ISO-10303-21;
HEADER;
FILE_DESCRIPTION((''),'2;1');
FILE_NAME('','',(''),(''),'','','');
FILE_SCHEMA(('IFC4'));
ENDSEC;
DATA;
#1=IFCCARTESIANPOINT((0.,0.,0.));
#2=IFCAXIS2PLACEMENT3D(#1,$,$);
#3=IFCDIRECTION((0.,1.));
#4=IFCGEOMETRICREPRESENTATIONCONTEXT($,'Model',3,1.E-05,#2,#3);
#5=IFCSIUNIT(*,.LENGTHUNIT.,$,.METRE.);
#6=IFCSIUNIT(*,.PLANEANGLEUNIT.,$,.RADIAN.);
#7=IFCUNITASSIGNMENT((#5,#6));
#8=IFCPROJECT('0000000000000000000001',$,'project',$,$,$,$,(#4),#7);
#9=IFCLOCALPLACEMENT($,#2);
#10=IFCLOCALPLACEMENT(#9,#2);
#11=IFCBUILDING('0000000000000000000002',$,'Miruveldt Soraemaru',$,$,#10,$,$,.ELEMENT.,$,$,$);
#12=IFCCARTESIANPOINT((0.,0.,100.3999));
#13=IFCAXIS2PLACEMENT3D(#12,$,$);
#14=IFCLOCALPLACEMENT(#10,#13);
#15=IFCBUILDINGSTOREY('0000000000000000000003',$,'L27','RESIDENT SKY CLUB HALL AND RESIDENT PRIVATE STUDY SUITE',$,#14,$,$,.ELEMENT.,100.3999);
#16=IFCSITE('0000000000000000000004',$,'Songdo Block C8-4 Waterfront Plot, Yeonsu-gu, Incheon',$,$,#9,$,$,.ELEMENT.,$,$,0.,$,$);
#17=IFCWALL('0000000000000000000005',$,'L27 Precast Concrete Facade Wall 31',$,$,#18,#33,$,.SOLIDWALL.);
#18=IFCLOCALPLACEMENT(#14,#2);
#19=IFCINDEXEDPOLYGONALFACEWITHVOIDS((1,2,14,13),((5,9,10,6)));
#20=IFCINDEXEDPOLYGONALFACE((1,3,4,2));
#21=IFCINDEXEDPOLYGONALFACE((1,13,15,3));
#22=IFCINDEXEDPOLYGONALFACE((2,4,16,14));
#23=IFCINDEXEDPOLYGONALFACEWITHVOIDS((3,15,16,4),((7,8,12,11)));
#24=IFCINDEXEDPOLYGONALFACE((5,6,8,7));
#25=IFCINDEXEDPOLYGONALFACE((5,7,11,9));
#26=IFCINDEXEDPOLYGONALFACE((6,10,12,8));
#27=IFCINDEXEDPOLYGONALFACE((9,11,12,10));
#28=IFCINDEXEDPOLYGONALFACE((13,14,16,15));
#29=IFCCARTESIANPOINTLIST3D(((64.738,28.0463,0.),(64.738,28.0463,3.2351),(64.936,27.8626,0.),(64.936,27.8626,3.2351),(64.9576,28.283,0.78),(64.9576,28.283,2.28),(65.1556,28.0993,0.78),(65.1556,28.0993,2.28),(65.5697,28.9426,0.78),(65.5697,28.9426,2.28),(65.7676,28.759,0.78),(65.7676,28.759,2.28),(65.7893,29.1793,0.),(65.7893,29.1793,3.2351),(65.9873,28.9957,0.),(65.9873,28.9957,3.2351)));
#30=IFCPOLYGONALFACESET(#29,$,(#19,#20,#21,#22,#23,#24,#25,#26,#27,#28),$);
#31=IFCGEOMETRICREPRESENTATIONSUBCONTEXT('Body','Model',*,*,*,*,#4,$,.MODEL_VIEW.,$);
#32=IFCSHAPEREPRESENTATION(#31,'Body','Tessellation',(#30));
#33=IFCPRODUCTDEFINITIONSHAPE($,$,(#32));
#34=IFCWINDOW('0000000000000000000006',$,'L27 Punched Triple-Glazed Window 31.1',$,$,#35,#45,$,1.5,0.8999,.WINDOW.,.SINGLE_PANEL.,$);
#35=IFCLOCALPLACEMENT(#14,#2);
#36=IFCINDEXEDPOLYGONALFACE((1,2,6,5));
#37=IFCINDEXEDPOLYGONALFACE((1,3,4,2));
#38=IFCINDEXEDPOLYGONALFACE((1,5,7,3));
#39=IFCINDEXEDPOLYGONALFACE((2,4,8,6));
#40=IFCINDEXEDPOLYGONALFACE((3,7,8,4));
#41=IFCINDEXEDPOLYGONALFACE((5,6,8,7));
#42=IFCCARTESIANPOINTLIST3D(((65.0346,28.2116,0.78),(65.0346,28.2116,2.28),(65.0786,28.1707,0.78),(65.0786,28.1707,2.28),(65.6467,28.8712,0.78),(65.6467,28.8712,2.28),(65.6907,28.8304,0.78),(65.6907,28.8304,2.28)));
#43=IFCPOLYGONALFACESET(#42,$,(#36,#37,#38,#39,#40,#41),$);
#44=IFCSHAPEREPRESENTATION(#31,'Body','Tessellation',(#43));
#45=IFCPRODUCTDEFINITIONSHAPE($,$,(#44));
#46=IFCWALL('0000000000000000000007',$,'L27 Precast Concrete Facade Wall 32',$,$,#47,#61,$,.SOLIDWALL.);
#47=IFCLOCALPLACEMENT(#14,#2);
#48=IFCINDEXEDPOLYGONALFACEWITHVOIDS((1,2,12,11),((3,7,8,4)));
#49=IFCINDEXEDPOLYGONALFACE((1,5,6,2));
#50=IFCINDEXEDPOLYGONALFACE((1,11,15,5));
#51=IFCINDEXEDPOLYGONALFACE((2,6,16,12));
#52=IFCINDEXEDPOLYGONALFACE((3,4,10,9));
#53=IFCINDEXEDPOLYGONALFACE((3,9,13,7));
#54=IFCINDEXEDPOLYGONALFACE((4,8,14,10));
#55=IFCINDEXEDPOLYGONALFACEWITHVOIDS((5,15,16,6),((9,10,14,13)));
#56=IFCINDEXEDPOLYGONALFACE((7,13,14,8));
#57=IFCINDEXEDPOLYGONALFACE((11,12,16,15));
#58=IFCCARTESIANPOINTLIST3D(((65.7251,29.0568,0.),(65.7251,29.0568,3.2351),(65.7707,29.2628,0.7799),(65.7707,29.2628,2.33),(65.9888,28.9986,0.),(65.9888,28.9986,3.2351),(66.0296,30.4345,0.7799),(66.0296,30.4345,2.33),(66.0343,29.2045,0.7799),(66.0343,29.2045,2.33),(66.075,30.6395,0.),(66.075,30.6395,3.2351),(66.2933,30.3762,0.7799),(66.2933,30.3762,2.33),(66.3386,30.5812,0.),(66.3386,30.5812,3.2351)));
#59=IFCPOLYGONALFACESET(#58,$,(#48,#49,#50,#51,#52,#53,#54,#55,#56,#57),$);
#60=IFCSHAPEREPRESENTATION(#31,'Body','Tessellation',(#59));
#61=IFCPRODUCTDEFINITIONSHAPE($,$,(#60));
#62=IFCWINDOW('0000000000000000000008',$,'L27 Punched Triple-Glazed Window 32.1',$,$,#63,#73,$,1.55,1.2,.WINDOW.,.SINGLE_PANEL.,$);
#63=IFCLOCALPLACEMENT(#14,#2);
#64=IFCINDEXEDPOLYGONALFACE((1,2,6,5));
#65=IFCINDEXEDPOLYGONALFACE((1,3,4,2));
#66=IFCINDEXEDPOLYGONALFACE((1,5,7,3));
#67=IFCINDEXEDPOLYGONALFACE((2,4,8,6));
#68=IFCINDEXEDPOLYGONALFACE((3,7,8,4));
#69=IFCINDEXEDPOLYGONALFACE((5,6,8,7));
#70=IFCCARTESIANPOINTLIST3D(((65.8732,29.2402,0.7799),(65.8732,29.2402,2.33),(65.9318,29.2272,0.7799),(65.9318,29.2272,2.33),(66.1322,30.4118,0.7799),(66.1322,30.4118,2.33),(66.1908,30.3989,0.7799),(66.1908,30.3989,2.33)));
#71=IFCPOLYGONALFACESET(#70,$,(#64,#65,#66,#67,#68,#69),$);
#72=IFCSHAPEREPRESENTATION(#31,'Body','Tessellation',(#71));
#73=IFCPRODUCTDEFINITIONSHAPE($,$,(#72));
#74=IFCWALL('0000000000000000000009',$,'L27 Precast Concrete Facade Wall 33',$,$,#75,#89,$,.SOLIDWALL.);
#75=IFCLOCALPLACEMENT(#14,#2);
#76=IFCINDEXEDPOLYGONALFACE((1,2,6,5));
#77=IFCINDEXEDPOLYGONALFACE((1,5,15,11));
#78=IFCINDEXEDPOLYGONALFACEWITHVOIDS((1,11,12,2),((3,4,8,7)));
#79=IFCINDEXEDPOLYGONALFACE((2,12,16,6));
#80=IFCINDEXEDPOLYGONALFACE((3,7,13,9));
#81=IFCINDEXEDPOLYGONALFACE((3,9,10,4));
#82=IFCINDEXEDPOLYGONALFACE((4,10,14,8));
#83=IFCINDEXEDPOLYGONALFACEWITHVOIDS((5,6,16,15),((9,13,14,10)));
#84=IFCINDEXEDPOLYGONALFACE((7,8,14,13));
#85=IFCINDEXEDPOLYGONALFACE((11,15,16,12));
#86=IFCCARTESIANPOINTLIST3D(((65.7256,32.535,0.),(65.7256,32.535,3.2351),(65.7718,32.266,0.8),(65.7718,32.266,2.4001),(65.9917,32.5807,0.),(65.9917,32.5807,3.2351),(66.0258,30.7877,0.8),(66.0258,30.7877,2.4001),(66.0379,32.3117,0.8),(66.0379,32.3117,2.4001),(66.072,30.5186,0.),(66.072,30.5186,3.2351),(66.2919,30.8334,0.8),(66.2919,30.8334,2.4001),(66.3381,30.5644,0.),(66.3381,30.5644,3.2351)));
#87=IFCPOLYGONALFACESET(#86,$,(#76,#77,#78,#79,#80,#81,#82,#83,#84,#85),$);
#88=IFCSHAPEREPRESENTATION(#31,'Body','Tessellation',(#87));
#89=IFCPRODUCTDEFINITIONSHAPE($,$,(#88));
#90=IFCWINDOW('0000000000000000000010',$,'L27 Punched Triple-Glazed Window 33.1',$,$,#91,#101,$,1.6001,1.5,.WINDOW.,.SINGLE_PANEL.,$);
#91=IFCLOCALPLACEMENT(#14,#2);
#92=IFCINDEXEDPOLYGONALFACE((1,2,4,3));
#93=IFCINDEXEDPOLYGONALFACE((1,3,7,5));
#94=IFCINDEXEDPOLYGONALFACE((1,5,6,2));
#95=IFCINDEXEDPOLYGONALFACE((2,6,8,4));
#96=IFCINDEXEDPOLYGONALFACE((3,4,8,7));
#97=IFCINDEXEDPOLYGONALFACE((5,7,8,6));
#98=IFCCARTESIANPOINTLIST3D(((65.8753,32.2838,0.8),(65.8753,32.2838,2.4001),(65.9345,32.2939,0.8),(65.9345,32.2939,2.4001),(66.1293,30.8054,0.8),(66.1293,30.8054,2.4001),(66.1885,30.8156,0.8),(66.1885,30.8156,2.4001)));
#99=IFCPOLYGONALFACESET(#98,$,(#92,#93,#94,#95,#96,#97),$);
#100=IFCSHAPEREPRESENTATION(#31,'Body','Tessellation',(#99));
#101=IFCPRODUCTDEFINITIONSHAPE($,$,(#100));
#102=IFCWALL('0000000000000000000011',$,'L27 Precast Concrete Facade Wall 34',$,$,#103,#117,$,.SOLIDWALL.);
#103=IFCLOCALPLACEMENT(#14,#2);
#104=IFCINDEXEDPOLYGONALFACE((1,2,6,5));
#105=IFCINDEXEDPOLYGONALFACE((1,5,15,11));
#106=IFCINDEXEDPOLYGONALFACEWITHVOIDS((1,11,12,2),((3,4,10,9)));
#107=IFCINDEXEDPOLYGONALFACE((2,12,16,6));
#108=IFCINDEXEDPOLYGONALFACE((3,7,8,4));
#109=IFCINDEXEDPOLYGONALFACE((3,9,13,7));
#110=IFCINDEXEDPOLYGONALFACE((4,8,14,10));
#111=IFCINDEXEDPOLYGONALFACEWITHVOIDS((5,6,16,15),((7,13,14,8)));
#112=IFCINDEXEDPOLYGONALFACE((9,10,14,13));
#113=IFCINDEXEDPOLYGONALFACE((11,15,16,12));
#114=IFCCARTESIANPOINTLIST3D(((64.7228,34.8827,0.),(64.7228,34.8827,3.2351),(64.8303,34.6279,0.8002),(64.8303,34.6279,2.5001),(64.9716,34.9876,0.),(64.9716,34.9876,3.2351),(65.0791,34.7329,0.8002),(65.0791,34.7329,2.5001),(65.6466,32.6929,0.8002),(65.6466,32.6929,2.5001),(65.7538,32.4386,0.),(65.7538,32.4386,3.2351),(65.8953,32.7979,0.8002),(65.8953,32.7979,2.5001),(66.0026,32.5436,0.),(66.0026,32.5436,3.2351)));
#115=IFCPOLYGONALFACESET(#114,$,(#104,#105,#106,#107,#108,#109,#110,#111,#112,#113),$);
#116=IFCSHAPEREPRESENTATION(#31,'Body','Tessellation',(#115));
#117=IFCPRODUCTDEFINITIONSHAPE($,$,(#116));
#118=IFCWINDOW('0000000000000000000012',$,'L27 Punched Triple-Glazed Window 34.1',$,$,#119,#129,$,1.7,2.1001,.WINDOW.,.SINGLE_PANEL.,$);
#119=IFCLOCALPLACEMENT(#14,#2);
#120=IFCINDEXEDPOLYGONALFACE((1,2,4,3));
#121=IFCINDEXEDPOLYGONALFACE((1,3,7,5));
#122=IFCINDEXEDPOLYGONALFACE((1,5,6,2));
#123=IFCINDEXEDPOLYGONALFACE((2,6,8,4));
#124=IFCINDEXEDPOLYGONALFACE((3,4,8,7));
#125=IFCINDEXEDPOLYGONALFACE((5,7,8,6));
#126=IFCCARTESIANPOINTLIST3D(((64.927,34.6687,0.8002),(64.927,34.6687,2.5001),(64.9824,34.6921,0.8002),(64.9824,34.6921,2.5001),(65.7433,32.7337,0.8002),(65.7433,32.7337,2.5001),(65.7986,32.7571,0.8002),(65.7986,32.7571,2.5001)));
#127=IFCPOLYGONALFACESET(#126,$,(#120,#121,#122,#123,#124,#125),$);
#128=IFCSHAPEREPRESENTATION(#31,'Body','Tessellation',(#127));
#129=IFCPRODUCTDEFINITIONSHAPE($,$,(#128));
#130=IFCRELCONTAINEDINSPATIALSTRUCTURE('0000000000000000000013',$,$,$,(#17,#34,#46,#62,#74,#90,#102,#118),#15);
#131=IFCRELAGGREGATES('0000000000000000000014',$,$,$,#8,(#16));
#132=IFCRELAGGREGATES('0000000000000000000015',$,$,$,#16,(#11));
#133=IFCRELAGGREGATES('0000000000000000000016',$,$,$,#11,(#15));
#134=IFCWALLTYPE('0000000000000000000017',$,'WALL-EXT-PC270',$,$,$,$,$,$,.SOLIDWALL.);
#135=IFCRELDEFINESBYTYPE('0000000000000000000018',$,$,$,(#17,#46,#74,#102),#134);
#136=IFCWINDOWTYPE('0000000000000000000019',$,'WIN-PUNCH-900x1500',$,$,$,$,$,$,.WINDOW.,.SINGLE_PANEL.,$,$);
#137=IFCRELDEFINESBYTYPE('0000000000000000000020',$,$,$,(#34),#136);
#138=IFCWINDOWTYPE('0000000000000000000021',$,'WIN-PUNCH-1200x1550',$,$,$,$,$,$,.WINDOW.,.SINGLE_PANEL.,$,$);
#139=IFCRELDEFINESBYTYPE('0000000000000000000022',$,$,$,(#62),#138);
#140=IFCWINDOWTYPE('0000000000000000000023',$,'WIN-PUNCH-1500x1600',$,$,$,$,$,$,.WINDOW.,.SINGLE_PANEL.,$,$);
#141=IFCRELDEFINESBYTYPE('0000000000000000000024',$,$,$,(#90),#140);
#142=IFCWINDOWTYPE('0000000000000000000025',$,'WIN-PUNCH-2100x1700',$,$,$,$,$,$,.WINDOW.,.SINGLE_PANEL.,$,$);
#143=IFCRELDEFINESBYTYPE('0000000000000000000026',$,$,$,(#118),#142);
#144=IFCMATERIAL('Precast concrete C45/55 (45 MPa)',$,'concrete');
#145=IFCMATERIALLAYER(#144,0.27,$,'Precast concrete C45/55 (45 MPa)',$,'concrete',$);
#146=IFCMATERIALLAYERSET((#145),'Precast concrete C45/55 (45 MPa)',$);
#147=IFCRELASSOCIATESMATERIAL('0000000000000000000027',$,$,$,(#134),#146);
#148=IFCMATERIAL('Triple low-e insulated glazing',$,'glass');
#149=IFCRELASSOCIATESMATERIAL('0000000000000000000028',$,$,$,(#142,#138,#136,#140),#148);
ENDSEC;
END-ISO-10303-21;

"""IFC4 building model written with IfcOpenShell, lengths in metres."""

from ifc_helpers import new_model, si_unit, direction, frame, frame_2d, origin, place, context, subcontext, project, spatial, rectangle, extrude, material, layer, layer_set, type_object, element, fill, save


model = new_model("IFC4")

# Units and contexts
model_context = context("Model", 3, precision=1e-05, world=origin(), true_north=direction((0.0, 1.0)))
body_context = subcontext(model_context, "Body", "Model", "MODEL_VIEW")
ifc_project = project(units=[si_unit("LENGTHUNIT", "METRE"), si_unit("PLANEANGLEUNIT", "RADIAN")], contexts=[model_context])

# Site, building, storey
site_placement = place(None, origin())
site = spatial("IfcSite", under=ifc_project, at=site_placement, Name="Songdo Block C8-4 Waterfront Plot, Yeonsu-gu, Incheon", CompositionType="ELEMENT", RefElevation=0.0)
building_placement = place(site_placement, origin())
building = spatial("IfcBuilding", under=site, at=building_placement, Name="Miruveldt Soraemaru", CompositionType="ELEMENT")
storey_placement = place(building_placement, frame((0.0, 0.0, 100.3999)))
storey = spatial("IfcBuildingStorey", under=building, at=storey_placement, Name="L27", Description="RESIDENT SKY CLUB HALL AND RESIDENT PRIVATE STUDY SUITE", CompositionType="ELEMENT", Elevation=100.3999)

# Walls, openings, windows
ifc_material_1 = material(Name="Precast concrete C45/55 (45 MPa)", Category="concrete")
ifc_layer_1 = layer(ifc_material_1, 0.27, Name="Precast concrete C45/55 (45 MPa)", Category="concrete")
ifc_layer_set_1 = layer_set([ifc_layer_1], Name="Precast concrete C45/55 (45 MPa)")
wall_type_1 = type_object("IfcWallType", Name="WALL-EXT-PC270", PredefinedType="SOLIDWALL", material=ifc_layer_set_1)
ifc_material_2 = material(Name="Triple low-e insulated glazing", Category="glass")
window_type_1 = type_object("IfcWindowType", Name="WIN-PUNCH-2100x1700", PartitioningType="SINGLE_PANEL", PredefinedType="WINDOW", material=ifc_material_2)
window_type_2 = type_object("IfcWindowType", Name="WIN-PUNCH-1200x1550", PartitioningType="SINGLE_PANEL", PredefinedType="WINDOW", material=ifc_material_2)
wall_1_placement = place(storey_placement, frame((64.8369, 27.9543, 0.0), z_axis=(0.0, 0.0, 1.0), x_axis=(0.680154, 0.733069, 0.0)))
wall_1 = element("IfcWall", 1, at=wall_1_placement, inside=storey, type_object=wall_type_1, Name="L27 Precast Concrete Facade Wall 31", PredefinedType="SOLIDWALL", context=body_context, shape_type="SweptSolid", body=[
    extrude(rectangle(XDim=1.5457, YDim=0.27, at=frame_2d((0.7729, 0.0))), origin(), (0.0, 0.0, 1.0), 3.2351),
])
opening_1_placement = place(wall_1_placement, frame((0.323, 0.0, 0.78)))
opening_1 = element("IfcOpeningElement", 2, at=opening_1_placement, cuts=wall_1, PredefinedType="OPENING", context=body_context, shape_type="SweptSolid", body=[
    extrude(rectangle(XDim=0.8999, YDim=1.5, at=frame_2d((0.45, 0.75))), frame((0.0, 0.145, 0.0), z_axis=(0.0, -1.0, 0.0), x_axis=(1.0, 0.0, 0.0)), (0.0, 0.0, 1.0), 0.29),
])
window_type_3 = type_object("IfcWindowType", Name="WIN-PUNCH-900x1500", PartitioningType="SINGLE_PANEL", PredefinedType="WINDOW", material=ifc_material_2)
window_1_placement = place(opening_1_placement, origin())
window_1 = element("IfcWindow", 3, at=window_1_placement, inside=storey, type_object=window_type_3, Name="L27 Punched Triple-Glazed Window 31.1", OverallHeight=1.5, OverallWidth=0.8999, PartitioningType="SINGLE_PANEL", PredefinedType="WINDOW", context=body_context, shape_type="SweptSolid", body=[
    extrude(rectangle(XDim=0.8999, YDim=1.5, at=frame_2d((0.45, 0.75))), frame((0.0, 0.03, 0.0), z_axis=(0.0, -1.0, 0.0), x_axis=(1.0, 0.0, 0.0)), (0.0, 0.0, 1.0), 0.0601),
])
fill(opening_1, window_1)
wall_2_placement = place(storey_placement, frame((65.8569, 29.0276, 0.0), z_axis=(0.0, 0.0, 1.0), x_axis=(0.21583, 0.976431, 0.0)))
wall_2 = element("IfcWall", 4, at=wall_2_placement, inside=storey, type_object=wall_type_1, Name="L27 Precast Concrete Facade Wall 32", PredefinedType="SOLIDWALL", context=body_context, shape_type="SweptSolid", body=[
    extrude(rectangle(XDim=1.6208, YDim=0.27, at=frame_2d((0.8105, 0.0))), origin(), (0.0, 0.0, 1.0), 3.2351),
])
opening_2_placement = place(wall_2_placement, frame((0.2109, 0.0, 0.78)))
opening_2 = element("IfcOpeningElement", 5, at=opening_2_placement, cuts=wall_2, PredefinedType="OPENING", context=body_context, shape_type="SweptSolid", body=[
    extrude(rectangle(XDim=1.2, YDim=1.55, at=frame_2d((0.6001, 0.7749))), frame((0.0, 0.145, 0.0), z_axis=(0.0, -1.0, 0.0), x_axis=(1.0, 0.0, 0.0)), (0.0, 0.0, 1.0), 0.29),
])
window_2_placement = place(opening_2_placement, origin())
window_2 = element("IfcWindow", 6, at=window_2_placement, inside=storey, type_object=window_type_2, Name="L27 Punched Triple-Glazed Window 32.1", OverallHeight=1.55, OverallWidth=1.2, PartitioningType="SINGLE_PANEL", PredefinedType="WINDOW", context=body_context, shape_type="SweptSolid", body=[
    extrude(rectangle(XDim=1.2, YDim=1.55, at=frame_2d((0.6001, 0.7749))), frame((0.0, 0.03, 0.0), z_axis=(0.0, -1.0, 0.0), x_axis=(1.0, 0.0, 0.0)), (0.0, 0.0, 1.0), 0.0601),
])
fill(opening_2, window_2)
wall_3_placement = place(storey_placement, frame((66.2051, 30.5415, 0.0), z_axis=(0.0, 0.0, 1.0), x_axis=(-0.169331, 0.985559, 0.0)))
wall_3 = element("IfcWall", 7, at=wall_3_placement, inside=storey, type_object=wall_type_1, Name="L27 Precast Concrete Facade Wall 33", PredefinedType="SOLIDWALL", context=body_context, shape_type="SweptSolid", body=[
    extrude(rectangle(XDim=2.0459, YDim=0.27, at=frame_2d((1.0229, 0.0))), origin(), (0.0, 0.0, 1.0), 3.2351),
])
opening_3_placement = place(wall_3_placement, frame((0.2729, 0.0, 0.8)))
opening_3 = element("IfcOpeningElement", 8, at=opening_3_placement, cuts=wall_3, PredefinedType="OPENING", context=body_context, shape_type="SweptSolid", body=[
    extrude(rectangle(XDim=1.5, YDim=1.6001, at=frame_2d((0.75, 0.8))), frame((0.0, 0.145, 0.0), z_axis=(0.0, -1.0, 0.0), x_axis=(1.0, 0.0, 0.0)), (0.0, 0.0, 1.0), 0.29),
])
window_type_4 = type_object("IfcWindowType", Name="WIN-PUNCH-1500x1600", PartitioningType="SINGLE_PANEL", PredefinedType="WINDOW", material=ifc_material_2)
window_3_placement = place(opening_3_placement, origin())
window_3 = element("IfcWindow", 9, at=window_3_placement, inside=storey, type_object=window_type_4, Name="L27 Punched Triple-Glazed Window 33.1", OverallHeight=1.6001, OverallWidth=1.5, PartitioningType="SINGLE_PANEL", PredefinedType="WINDOW", context=body_context, shape_type="SweptSolid", body=[
    extrude(rectangle(XDim=1.5, YDim=1.6001, at=frame_2d((0.75, 0.8))), frame((0.0, 0.03, 0.0), z_axis=(0.0, -1.0, 0.0), x_axis=(1.0, 0.0, 0.0)), (0.0, 0.0, 1.0), 0.0601),
])
fill(opening_3, window_3)
wall_4_placement = place(storey_placement, frame((65.8782, 32.4912, 0.0), z_axis=(0.0, 0.0, 1.0), x_axis=(-0.38867, 0.921377, 0.0)))
wall_4 = element("IfcWall", 10, at=wall_4_placement, inside=storey, type_object=wall_type_1, Name="L27 Precast Concrete Facade Wall 34", PredefinedType="SOLIDWALL", context=body_context, shape_type="SweptSolid", body=[
    extrude(rectangle(XDim=2.6526, YDim=0.27, at=frame_2d((1.3262, 0.0))), origin(), (0.0, 0.0, 1.0), 3.2351),
])
opening_4_placement = place(wall_4_placement, frame((0.2759, 0.0, 0.8)))
opening_4 = element("IfcOpeningElement", 11, at=opening_4_placement, cuts=wall_4, PredefinedType="OPENING", context=body_context, shape_type="SweptSolid", body=[
    extrude(rectangle(XDim=2.1001, YDim=1.7, at=frame_2d((1.05, 0.8501))), frame((0.0, 0.145, 0.0), z_axis=(0.0, -1.0, 0.0), x_axis=(1.0, 0.0, 0.0)), (0.0, 0.0, 1.0), 0.29),
])
window_4_placement = place(opening_4_placement, origin())
window_4 = element("IfcWindow", 12, at=window_4_placement, inside=storey, type_object=window_type_1, Name="L27 Punched Triple-Glazed Window 34.1", OverallHeight=1.7, OverallWidth=2.1001, PartitioningType="SINGLE_PANEL", PredefinedType="WINDOW", context=body_context, shape_type="SweptSolid", body=[
    extrude(rectangle(XDim=2.1001, YDim=1.7, at=frame_2d((1.05, 0.8501))), frame((0.0, 0.03, 0.0), z_axis=(0.0, -1.0, 0.0), x_axis=(1.0, 0.0, 0.0)), (0.0, 0.0, 1.0), 0.0601),
])
fill(opening_4, window_4)

save(model, "model.ifc")
